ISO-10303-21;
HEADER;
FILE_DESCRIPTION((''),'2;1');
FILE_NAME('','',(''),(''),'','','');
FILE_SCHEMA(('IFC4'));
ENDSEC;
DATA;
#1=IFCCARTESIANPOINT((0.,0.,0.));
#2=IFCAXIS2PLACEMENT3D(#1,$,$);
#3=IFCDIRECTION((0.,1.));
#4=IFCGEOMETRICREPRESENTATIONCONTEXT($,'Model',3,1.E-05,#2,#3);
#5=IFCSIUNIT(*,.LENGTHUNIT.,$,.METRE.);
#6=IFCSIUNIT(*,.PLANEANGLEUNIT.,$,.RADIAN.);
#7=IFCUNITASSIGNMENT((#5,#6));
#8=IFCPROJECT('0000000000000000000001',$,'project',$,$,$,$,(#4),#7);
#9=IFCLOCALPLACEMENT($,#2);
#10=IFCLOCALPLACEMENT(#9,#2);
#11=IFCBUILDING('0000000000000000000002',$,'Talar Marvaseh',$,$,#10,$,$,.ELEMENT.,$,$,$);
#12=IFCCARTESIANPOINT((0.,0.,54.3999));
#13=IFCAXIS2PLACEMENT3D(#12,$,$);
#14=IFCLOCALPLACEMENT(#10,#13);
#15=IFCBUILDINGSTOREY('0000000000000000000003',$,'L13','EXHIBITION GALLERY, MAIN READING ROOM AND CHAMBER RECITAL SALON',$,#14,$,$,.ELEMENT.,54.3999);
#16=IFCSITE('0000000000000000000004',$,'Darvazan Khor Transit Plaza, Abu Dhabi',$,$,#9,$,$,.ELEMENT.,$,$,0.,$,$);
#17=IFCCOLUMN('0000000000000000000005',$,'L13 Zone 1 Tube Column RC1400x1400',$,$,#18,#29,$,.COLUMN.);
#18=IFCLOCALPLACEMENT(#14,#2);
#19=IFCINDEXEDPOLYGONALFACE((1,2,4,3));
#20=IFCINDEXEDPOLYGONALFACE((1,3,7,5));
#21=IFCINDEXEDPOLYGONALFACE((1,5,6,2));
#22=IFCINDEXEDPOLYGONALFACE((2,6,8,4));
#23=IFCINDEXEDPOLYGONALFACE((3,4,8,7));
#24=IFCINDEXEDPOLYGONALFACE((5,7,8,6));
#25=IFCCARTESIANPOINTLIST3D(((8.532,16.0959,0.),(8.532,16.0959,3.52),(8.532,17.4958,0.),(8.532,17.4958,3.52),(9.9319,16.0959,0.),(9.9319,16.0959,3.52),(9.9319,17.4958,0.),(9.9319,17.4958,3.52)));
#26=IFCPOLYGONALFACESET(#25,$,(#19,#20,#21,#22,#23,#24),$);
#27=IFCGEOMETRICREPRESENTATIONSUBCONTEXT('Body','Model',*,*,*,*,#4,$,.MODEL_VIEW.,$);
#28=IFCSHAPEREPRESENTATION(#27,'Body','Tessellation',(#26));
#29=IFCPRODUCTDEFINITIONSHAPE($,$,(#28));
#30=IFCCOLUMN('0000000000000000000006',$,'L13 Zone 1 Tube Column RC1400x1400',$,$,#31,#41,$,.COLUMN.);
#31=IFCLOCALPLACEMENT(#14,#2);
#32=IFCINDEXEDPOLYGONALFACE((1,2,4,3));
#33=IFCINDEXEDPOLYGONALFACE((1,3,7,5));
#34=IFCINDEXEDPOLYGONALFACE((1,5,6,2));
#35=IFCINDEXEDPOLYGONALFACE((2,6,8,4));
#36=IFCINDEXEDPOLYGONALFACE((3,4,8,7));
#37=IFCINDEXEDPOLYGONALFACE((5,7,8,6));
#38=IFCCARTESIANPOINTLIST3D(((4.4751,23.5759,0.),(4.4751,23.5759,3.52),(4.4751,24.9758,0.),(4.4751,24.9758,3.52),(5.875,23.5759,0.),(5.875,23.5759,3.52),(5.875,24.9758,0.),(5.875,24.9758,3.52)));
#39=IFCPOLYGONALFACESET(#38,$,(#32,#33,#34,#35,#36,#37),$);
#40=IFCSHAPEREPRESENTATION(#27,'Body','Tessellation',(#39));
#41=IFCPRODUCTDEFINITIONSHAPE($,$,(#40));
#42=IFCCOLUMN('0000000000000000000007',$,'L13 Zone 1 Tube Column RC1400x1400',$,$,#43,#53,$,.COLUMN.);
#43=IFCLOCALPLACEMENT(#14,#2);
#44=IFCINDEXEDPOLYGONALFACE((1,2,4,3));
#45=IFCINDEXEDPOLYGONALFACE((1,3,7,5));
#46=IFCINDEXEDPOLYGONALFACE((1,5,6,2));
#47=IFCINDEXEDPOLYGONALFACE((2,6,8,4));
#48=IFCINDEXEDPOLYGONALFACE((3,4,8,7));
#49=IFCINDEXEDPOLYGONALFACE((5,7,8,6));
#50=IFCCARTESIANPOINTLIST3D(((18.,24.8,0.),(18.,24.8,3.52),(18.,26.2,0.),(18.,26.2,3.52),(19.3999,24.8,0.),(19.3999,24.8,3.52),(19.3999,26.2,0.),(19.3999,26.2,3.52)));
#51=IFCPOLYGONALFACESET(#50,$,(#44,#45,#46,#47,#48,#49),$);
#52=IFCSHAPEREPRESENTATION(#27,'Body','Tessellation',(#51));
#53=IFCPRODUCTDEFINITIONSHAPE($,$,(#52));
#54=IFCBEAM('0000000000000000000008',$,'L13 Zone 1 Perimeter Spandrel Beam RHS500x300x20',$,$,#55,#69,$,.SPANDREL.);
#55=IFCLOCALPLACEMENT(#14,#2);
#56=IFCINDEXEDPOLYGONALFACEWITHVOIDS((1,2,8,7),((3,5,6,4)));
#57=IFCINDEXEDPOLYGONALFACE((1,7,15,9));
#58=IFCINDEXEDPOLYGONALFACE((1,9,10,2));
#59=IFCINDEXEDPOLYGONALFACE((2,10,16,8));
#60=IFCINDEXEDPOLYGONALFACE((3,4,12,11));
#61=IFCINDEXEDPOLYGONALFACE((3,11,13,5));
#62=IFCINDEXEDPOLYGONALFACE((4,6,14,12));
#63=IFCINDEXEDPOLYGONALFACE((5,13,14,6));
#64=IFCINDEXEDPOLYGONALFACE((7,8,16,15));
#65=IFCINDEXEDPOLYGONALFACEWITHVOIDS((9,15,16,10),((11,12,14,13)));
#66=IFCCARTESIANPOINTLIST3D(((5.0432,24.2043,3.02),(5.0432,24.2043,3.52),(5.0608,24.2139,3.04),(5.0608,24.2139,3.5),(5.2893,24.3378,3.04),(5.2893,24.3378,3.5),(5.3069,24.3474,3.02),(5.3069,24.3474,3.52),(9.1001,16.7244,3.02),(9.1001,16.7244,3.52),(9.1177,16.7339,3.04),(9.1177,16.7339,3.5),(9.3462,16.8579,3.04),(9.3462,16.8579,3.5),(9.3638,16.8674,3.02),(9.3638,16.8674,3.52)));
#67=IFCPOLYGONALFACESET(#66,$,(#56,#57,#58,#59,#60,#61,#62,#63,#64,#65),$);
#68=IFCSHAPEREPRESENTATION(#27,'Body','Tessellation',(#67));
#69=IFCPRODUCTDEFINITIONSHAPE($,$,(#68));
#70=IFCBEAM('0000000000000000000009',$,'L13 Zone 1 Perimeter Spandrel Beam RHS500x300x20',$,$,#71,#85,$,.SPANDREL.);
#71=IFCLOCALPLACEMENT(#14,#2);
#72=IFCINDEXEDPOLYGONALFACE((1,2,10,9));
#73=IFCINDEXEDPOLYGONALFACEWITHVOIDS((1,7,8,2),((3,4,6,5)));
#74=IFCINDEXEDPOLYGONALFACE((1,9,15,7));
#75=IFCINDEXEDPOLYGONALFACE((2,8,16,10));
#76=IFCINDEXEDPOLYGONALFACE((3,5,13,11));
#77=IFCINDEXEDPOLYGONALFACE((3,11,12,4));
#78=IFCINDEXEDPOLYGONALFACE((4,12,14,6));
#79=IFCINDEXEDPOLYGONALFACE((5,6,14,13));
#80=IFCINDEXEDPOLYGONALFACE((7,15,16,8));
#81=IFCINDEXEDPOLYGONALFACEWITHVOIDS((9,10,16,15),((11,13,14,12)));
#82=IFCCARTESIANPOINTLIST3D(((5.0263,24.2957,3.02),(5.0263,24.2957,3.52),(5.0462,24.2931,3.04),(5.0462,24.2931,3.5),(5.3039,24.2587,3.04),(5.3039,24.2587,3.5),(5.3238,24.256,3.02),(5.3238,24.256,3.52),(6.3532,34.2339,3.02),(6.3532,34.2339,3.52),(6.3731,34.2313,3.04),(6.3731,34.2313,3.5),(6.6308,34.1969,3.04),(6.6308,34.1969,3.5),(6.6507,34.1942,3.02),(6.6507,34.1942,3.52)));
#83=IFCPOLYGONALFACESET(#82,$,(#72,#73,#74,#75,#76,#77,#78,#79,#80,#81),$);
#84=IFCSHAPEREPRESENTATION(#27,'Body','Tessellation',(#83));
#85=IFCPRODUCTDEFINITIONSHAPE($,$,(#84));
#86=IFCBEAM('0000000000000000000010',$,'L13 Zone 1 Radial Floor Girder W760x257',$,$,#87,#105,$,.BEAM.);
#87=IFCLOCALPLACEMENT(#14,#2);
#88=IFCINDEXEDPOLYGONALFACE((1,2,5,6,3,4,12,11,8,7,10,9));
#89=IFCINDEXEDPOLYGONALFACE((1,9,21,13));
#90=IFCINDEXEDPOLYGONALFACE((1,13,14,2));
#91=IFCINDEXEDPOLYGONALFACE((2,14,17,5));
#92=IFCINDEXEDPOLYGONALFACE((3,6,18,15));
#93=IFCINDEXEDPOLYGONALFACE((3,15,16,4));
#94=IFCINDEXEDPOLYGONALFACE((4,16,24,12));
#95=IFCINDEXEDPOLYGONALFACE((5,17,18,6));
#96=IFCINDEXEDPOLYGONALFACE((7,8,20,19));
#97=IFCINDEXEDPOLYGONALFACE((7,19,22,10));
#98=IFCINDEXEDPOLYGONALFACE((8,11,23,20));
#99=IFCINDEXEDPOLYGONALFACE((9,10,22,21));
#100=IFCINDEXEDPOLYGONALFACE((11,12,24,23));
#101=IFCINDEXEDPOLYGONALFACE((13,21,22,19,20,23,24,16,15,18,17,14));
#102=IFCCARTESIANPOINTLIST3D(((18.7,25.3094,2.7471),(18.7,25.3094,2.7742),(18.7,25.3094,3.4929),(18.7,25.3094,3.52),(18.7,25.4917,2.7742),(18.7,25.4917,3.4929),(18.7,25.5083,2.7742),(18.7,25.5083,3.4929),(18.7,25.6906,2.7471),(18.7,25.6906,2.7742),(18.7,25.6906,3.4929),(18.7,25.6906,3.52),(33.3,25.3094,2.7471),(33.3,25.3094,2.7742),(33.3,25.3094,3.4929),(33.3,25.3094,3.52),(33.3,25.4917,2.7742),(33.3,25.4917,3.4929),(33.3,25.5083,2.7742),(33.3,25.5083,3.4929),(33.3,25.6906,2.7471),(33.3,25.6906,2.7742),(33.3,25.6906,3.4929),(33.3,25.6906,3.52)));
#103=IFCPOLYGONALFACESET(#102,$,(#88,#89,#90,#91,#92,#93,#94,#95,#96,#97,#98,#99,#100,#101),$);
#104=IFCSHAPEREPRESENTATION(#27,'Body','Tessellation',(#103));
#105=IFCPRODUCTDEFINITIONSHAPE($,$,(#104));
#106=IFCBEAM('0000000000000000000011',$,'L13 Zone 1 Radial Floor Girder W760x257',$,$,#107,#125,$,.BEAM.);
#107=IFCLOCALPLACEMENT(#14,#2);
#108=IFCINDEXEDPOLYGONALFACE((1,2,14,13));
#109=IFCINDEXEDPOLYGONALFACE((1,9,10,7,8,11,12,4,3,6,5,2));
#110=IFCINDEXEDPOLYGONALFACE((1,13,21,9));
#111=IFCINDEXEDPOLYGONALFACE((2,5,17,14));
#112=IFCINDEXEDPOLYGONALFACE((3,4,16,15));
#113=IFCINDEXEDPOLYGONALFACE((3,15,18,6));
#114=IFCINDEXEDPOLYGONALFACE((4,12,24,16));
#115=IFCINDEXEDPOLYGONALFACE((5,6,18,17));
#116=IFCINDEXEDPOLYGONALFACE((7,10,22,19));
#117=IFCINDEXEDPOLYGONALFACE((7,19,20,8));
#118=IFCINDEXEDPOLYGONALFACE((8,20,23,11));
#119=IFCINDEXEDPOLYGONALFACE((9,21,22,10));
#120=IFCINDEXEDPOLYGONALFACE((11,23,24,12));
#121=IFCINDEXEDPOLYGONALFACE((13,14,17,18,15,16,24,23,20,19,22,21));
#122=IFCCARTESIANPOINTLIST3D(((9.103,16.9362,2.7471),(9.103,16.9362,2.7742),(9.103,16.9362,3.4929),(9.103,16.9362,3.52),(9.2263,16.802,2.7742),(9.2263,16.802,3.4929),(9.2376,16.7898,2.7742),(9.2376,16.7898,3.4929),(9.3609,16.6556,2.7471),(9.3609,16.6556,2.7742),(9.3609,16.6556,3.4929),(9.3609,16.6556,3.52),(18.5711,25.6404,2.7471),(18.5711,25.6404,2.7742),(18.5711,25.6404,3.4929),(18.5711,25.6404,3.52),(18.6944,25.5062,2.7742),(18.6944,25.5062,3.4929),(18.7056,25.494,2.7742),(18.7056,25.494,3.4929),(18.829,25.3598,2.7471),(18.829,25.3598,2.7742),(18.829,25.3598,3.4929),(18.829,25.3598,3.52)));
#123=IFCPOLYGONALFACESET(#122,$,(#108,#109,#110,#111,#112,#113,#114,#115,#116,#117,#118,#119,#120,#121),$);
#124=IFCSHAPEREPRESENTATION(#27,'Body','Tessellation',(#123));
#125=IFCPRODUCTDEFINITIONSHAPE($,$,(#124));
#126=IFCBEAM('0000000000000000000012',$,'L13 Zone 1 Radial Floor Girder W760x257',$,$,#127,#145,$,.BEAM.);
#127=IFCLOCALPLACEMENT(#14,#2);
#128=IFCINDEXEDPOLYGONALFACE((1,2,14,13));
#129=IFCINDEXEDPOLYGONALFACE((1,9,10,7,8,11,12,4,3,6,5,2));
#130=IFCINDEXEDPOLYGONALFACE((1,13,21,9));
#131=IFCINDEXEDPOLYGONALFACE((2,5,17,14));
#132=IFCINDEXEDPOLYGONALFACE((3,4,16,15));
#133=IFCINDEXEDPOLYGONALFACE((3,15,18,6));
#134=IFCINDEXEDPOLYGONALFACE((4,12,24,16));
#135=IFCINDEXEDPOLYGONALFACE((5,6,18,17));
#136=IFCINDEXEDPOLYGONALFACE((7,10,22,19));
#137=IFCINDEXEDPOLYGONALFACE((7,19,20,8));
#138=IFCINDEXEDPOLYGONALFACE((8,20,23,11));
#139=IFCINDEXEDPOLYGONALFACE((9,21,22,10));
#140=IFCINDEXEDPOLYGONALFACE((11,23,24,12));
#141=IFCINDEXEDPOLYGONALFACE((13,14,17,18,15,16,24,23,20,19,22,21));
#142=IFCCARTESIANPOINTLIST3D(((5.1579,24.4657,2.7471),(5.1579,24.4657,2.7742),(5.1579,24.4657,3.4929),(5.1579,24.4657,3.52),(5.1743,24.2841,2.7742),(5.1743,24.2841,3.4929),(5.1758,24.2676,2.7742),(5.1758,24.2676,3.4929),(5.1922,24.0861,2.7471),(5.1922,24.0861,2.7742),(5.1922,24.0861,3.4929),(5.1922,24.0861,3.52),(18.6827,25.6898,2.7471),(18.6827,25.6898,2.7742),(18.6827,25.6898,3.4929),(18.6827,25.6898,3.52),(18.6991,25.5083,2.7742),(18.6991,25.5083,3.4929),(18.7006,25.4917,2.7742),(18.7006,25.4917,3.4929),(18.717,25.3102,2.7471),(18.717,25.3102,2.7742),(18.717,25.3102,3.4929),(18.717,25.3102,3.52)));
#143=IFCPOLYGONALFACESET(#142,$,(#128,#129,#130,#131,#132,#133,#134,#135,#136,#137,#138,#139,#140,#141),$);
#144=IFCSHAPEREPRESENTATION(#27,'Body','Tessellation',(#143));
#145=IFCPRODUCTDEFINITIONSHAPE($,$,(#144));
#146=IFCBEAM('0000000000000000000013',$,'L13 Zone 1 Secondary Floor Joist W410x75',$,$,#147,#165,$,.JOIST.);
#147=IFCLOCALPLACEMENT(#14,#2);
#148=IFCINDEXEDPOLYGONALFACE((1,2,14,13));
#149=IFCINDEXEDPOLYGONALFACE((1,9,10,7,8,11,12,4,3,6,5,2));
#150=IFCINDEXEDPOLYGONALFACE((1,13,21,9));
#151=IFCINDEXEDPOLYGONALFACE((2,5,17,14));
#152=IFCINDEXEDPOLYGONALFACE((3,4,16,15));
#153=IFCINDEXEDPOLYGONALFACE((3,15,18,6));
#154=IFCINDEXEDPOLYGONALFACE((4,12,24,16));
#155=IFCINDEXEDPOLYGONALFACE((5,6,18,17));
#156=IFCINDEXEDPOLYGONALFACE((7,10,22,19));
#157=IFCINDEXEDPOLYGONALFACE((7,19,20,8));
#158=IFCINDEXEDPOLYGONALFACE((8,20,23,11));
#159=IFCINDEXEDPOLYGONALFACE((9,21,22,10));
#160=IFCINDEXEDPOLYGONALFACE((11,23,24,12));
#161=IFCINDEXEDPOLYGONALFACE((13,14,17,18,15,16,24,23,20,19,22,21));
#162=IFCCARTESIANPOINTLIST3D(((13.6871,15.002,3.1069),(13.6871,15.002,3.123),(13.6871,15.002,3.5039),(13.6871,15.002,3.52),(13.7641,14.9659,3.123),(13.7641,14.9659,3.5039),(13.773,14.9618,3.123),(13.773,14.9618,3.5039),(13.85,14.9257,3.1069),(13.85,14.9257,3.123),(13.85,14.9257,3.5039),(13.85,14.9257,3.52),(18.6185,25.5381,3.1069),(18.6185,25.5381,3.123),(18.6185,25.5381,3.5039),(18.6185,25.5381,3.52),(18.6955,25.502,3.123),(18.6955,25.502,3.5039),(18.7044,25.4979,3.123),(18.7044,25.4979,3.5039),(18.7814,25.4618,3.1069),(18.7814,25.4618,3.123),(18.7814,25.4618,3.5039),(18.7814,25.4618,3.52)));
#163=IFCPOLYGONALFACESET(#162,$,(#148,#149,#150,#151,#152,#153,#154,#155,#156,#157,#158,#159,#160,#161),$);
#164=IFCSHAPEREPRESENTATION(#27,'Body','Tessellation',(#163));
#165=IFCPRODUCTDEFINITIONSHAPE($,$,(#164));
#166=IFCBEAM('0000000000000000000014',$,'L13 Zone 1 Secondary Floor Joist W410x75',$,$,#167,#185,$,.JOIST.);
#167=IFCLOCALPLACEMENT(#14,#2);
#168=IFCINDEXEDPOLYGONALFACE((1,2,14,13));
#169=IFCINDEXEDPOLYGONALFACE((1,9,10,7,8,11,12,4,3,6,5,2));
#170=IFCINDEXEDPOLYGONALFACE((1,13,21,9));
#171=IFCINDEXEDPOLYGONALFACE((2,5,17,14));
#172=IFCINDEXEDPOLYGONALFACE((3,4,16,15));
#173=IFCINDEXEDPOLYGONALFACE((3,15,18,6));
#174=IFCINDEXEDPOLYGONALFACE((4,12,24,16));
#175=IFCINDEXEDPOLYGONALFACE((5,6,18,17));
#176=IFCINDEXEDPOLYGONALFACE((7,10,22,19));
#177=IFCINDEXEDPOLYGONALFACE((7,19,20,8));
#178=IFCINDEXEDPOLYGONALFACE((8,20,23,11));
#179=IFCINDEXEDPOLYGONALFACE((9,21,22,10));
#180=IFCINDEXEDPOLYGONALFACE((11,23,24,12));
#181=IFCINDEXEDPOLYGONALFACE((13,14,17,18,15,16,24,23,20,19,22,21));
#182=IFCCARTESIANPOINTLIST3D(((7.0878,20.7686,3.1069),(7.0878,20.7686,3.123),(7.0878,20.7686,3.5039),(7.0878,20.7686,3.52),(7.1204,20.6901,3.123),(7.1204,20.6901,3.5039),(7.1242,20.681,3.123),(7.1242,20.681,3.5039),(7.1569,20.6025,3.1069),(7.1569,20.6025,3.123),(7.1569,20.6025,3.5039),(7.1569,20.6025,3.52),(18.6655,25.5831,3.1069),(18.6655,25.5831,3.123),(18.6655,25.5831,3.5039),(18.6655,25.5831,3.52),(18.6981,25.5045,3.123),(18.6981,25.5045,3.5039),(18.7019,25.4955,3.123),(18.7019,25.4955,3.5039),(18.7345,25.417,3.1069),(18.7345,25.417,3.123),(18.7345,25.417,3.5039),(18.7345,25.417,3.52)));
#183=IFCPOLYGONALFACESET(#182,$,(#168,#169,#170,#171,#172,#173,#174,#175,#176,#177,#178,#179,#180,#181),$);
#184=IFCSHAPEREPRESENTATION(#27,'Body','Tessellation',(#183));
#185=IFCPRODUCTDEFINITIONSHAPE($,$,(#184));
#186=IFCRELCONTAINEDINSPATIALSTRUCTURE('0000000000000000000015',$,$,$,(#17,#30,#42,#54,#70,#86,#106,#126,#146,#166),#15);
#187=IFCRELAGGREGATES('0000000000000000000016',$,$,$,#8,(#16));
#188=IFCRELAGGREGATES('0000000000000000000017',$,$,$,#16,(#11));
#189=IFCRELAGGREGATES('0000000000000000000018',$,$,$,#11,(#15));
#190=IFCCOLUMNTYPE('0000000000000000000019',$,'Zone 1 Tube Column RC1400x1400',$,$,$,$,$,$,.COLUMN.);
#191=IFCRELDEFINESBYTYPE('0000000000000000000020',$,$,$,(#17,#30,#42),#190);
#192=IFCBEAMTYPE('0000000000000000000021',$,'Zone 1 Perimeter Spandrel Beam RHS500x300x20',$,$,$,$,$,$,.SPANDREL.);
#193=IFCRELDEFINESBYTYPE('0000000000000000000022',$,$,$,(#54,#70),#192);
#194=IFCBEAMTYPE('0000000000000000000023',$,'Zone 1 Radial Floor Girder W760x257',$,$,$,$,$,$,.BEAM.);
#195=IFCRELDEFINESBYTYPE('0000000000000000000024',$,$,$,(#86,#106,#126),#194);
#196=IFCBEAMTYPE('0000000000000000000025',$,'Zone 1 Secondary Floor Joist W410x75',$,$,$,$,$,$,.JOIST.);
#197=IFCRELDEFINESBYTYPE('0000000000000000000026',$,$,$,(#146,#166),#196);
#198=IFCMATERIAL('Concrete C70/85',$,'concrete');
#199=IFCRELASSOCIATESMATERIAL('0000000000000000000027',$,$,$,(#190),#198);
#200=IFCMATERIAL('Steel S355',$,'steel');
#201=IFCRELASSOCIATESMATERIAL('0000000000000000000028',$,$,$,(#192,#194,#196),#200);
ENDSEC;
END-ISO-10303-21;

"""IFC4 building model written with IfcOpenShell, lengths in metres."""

from ifc_helpers import new_model, si_unit, direction, frame, origin, origin_2d, place, context, subcontext, project, spatial, rectangle, hollow_rectangle, i_section, extrude, material, material_profile, profile_set, type_object, element, save


model = new_model("IFC4")

# Units and contexts
model_context = context("Model", 3, precision=1e-05, world=origin(), true_north=direction((0.0, 1.0)))
body_context = subcontext(model_context, "Body", "Model", "MODEL_VIEW")
ifc_project = project(units=[si_unit("LENGTHUNIT", "METRE"), si_unit("PLANEANGLEUNIT", "RADIAN")], contexts=[model_context])

# Site, building, storey
site_placement = place(None, origin())
site = spatial("IfcSite", under=ifc_project, at=site_placement, Name="Darvazan Khor Transit Plaza, Abu Dhabi", CompositionType="ELEMENT", RefElevation=0.0)
building_placement = place(site_placement, origin())
building = spatial("IfcBuilding", under=site, at=building_placement, Name="Talar Marvaseh", CompositionType="ELEMENT")
storey_placement = place(building_placement, frame((0.0, 0.0, 54.3999)))
storey = spatial("IfcBuildingStorey", under=building, at=storey_placement, Name="L13", Description="EXHIBITION GALLERY, MAIN READING ROOM AND CHAMBER RECITAL SALON", CompositionType="ELEMENT", Elevation=54.3999)

# Columns
ifc_material_1 = material(Name="Concrete C70/85", Category="concrete")
ifc_material_profile_1 = material_profile(ifc_material_1, rectangle(XDim=1.3999, YDim=1.3999, at=origin_2d()), Name="RC1400x1400")
ifc_profile_set_1 = profile_set([ifc_material_profile_1], Name="Concrete C70/85")
column_type = type_object("IfcColumnType", Name="Zone 1 Tube Column RC1400x1400", PredefinedType="COLUMN", material=ifc_profile_set_1)
for number, where, z_axis, x_axis, name in (
    (1, (9.2319, 16.7959, 0.0), (0.0, 0.0, 1.0), (1.0, 0.0, 0.0), "L13 Zone 1 Tube Column RC1400x1400"),
    (2, (5.175, 24.2759, 0.0), (0.0, 0.0, 1.0), (1.0, 0.0, 0.0), "L13 Zone 1 Tube Column RC1400x1400"),
    (3, (18.7, 25.5, 0.0), (0.0, 0.0, 1.0), (1.0, 0.0, 0.0), "L13 Zone 1 Tube Column RC1400x1400"),
):
    element("IfcColumn", number, at=place(storey_placement, frame(where, z_axis=z_axis, x_axis=x_axis)), inside=storey, type_object=column_type, Name=name, PredefinedType="COLUMN", context=body_context, shape_type="SweptSolid", body=[
        extrude(rectangle(XDim=1.3999, YDim=1.3999, at=origin_2d()), origin(), (0.0, 0.0, 1.0), 3.52),
    ])

# Beams
ifc_material_2 = material(Name="Steel S355", Category="steel")
ifc_material_profile_2 = material_profile(ifc_material_2, hollow_rectangle(XDim=0.3, YDim=0.5, WallThickness=0.02, at=origin_2d()), Name="RHS500x300x20")
ifc_profile_set_2 = profile_set([ifc_material_profile_2], Name="Steel S355")
beam_type_1 = type_object("IfcBeamType", Name="Zone 1 Perimeter Spandrel Beam RHS500x300x20", PredefinedType="SPANDREL", material=ifc_profile_set_2)
beam_1_placement = place(storey_placement, frame((9.2319, 16.7959, 3.27), z_axis=(-0.476758, 0.879035, 0.0), x_axis=(-0.879035, -0.476758, 0.0)))
element("IfcBeam", 4, at=beam_1_placement, inside=storey, type_object=beam_type_1, Name="L13 Zone 1 Perimeter Spandrel Beam RHS500x300x20", PredefinedType="SPANDREL", context=body_context, shape_type="SweptSolid", body=[
    extrude(hollow_rectangle(XDim=0.3, YDim=0.5, WallThickness=0.02, at=origin_2d()), origin(), (0.0, 0.0, 1.0), 8.5093),
])
beam_2_placement = place(storey_placement, frame((5.175, 24.2759, 3.27), z_axis=(0.132341, 0.991204, 0.0), x_axis=(-0.991204, 0.132341, 0.0)))
element("IfcBeam", 5, at=beam_2_placement, inside=storey, type_object=beam_type_1, Name="L13 Zone 1 Perimeter Spandrel Beam RHS500x300x20", PredefinedType="SPANDREL", context=body_context, shape_type="SweptSolid", body=[
    extrude(hollow_rectangle(XDim=0.3, YDim=0.5, WallThickness=0.02, at=origin_2d()), origin(), (0.0, 0.0, 1.0), 10.0264),
])
ifc_material_profile_3 = material_profile(ifc_material_2, i_section(OverallWidth=0.3811, OverallDepth=0.7729, WebThickness=0.0166, FlangeThickness=0.0271, at=origin_2d()), Name="W760x257")
ifc_profile_set_3 = profile_set([ifc_material_profile_3], Name="Steel S355")
beam_type_2 = type_object("IfcBeamType", Name="Zone 1 Radial Floor Girder W760x257", PredefinedType="BEAM", material=ifc_profile_set_3)
beam_3_placement = place(storey_placement, frame((18.7, 25.5, 3.1335), z_axis=(1.0, 0.0, 0.0), x_axis=(0.0, 1.0, 0.0)))
element("IfcBeam", 6, at=beam_3_placement, inside=storey, type_object=beam_type_2, Name="L13 Zone 1 Radial Floor Girder W760x257", PredefinedType="BEAM", context=body_context, shape_type="SweptSolid", body=[
    extrude(i_section(OverallWidth=0.3811, OverallDepth=0.7729, WebThickness=0.0166, FlangeThickness=0.0271, at=origin_2d()), origin(), (0.0, 0.0, 1.0), 14.6001),
])
beam_4_placement = place(storey_placement, frame((9.2319, 16.7959, 3.1335), z_axis=(0.736182, 0.676784, 0.0), x_axis=(-0.676784, 0.736182, 0.0)))
element("IfcBeam", 7, at=beam_4_placement, inside=storey, type_object=beam_type_2, Name="L13 Zone 1 Radial Floor Girder W760x257", PredefinedType="BEAM", context=body_context, shape_type="SweptSolid", body=[
    extrude(i_section(OverallWidth=0.3811, OverallDepth=0.7729, WebThickness=0.0166, FlangeThickness=0.0271, at=origin_2d()), origin(), (0.0, 0.0, 1.0), 12.8611),
])
beam_5_placement = place(storey_placement, frame((5.175, 24.2759, 3.1335), z_axis=(0.995929, 0.09014, 0.0), x_axis=(-0.09014, 0.995929, 0.0)))
element("IfcBeam", 8, at=beam_5_placement, inside=storey, type_object=beam_type_2, Name="L13 Zone 1 Radial Floor Girder W760x257", PredefinedType="BEAM", context=body_context, shape_type="SweptSolid", body=[
    extrude(i_section(OverallWidth=0.3811, OverallDepth=0.7729, WebThickness=0.0166, FlangeThickness=0.0271, at=origin_2d()), origin(), (0.0, 0.0, 1.0), 13.5801),
])
ifc_material_profile_4 = material_profile(ifc_material_2, i_section(OverallWidth=0.1799, OverallDepth=0.4131, WebThickness=0.0098, FlangeThickness=0.0161, at=origin_2d()), Name="W410x75")
ifc_profile_set_4 = profile_set([ifc_material_profile_4], Name="Steel S355")
beam_type_3 = type_object("IfcBeamType", Name="Zone 1 Secondary Floor Joist W410x75", PredefinedType="JOIST", material=ifc_profile_set_4)
beam_6_placement = place(storey_placement, frame((13.7686, 14.9639, 3.3135), z_axis=(0.423911, 0.905704, 0.0), x_axis=(-0.905704, 0.423911, 0.0)))
element("IfcBeam", 9, at=beam_6_placement, inside=storey, type_object=beam_type_3, Name="L13 Zone 1 Secondary Floor Joist W410x75", PredefinedType="JOIST", context=body_context, shape_type="SweptSolid", body=[
    extrude(i_section(OverallWidth=0.1799, OverallDepth=0.4131, WebThickness=0.0098, FlangeThickness=0.0161, at=origin_2d()), origin(), (0.0, 0.0, 1.0), 11.6331),
])
beam_7_placement = place(storey_placement, frame((7.1223, 20.6855, 3.3135), z_axis=(0.923347, 0.383965, 0.0), x_axis=(-0.383965, 0.923347, 0.0)))
element("IfcBeam", 10, at=beam_7_placement, inside=storey, type_object=beam_type_3, Name="L13 Zone 1 Secondary Floor Joist W410x75", PredefinedType="JOIST", context=body_context, shape_type="SweptSolid", body=[
    extrude(i_section(OverallWidth=0.1799, OverallDepth=0.4131, WebThickness=0.0098, FlangeThickness=0.0161, at=origin_2d()), origin(), (0.0, 0.0, 1.0), 12.5388),
])

save(model, "model.ifc")
